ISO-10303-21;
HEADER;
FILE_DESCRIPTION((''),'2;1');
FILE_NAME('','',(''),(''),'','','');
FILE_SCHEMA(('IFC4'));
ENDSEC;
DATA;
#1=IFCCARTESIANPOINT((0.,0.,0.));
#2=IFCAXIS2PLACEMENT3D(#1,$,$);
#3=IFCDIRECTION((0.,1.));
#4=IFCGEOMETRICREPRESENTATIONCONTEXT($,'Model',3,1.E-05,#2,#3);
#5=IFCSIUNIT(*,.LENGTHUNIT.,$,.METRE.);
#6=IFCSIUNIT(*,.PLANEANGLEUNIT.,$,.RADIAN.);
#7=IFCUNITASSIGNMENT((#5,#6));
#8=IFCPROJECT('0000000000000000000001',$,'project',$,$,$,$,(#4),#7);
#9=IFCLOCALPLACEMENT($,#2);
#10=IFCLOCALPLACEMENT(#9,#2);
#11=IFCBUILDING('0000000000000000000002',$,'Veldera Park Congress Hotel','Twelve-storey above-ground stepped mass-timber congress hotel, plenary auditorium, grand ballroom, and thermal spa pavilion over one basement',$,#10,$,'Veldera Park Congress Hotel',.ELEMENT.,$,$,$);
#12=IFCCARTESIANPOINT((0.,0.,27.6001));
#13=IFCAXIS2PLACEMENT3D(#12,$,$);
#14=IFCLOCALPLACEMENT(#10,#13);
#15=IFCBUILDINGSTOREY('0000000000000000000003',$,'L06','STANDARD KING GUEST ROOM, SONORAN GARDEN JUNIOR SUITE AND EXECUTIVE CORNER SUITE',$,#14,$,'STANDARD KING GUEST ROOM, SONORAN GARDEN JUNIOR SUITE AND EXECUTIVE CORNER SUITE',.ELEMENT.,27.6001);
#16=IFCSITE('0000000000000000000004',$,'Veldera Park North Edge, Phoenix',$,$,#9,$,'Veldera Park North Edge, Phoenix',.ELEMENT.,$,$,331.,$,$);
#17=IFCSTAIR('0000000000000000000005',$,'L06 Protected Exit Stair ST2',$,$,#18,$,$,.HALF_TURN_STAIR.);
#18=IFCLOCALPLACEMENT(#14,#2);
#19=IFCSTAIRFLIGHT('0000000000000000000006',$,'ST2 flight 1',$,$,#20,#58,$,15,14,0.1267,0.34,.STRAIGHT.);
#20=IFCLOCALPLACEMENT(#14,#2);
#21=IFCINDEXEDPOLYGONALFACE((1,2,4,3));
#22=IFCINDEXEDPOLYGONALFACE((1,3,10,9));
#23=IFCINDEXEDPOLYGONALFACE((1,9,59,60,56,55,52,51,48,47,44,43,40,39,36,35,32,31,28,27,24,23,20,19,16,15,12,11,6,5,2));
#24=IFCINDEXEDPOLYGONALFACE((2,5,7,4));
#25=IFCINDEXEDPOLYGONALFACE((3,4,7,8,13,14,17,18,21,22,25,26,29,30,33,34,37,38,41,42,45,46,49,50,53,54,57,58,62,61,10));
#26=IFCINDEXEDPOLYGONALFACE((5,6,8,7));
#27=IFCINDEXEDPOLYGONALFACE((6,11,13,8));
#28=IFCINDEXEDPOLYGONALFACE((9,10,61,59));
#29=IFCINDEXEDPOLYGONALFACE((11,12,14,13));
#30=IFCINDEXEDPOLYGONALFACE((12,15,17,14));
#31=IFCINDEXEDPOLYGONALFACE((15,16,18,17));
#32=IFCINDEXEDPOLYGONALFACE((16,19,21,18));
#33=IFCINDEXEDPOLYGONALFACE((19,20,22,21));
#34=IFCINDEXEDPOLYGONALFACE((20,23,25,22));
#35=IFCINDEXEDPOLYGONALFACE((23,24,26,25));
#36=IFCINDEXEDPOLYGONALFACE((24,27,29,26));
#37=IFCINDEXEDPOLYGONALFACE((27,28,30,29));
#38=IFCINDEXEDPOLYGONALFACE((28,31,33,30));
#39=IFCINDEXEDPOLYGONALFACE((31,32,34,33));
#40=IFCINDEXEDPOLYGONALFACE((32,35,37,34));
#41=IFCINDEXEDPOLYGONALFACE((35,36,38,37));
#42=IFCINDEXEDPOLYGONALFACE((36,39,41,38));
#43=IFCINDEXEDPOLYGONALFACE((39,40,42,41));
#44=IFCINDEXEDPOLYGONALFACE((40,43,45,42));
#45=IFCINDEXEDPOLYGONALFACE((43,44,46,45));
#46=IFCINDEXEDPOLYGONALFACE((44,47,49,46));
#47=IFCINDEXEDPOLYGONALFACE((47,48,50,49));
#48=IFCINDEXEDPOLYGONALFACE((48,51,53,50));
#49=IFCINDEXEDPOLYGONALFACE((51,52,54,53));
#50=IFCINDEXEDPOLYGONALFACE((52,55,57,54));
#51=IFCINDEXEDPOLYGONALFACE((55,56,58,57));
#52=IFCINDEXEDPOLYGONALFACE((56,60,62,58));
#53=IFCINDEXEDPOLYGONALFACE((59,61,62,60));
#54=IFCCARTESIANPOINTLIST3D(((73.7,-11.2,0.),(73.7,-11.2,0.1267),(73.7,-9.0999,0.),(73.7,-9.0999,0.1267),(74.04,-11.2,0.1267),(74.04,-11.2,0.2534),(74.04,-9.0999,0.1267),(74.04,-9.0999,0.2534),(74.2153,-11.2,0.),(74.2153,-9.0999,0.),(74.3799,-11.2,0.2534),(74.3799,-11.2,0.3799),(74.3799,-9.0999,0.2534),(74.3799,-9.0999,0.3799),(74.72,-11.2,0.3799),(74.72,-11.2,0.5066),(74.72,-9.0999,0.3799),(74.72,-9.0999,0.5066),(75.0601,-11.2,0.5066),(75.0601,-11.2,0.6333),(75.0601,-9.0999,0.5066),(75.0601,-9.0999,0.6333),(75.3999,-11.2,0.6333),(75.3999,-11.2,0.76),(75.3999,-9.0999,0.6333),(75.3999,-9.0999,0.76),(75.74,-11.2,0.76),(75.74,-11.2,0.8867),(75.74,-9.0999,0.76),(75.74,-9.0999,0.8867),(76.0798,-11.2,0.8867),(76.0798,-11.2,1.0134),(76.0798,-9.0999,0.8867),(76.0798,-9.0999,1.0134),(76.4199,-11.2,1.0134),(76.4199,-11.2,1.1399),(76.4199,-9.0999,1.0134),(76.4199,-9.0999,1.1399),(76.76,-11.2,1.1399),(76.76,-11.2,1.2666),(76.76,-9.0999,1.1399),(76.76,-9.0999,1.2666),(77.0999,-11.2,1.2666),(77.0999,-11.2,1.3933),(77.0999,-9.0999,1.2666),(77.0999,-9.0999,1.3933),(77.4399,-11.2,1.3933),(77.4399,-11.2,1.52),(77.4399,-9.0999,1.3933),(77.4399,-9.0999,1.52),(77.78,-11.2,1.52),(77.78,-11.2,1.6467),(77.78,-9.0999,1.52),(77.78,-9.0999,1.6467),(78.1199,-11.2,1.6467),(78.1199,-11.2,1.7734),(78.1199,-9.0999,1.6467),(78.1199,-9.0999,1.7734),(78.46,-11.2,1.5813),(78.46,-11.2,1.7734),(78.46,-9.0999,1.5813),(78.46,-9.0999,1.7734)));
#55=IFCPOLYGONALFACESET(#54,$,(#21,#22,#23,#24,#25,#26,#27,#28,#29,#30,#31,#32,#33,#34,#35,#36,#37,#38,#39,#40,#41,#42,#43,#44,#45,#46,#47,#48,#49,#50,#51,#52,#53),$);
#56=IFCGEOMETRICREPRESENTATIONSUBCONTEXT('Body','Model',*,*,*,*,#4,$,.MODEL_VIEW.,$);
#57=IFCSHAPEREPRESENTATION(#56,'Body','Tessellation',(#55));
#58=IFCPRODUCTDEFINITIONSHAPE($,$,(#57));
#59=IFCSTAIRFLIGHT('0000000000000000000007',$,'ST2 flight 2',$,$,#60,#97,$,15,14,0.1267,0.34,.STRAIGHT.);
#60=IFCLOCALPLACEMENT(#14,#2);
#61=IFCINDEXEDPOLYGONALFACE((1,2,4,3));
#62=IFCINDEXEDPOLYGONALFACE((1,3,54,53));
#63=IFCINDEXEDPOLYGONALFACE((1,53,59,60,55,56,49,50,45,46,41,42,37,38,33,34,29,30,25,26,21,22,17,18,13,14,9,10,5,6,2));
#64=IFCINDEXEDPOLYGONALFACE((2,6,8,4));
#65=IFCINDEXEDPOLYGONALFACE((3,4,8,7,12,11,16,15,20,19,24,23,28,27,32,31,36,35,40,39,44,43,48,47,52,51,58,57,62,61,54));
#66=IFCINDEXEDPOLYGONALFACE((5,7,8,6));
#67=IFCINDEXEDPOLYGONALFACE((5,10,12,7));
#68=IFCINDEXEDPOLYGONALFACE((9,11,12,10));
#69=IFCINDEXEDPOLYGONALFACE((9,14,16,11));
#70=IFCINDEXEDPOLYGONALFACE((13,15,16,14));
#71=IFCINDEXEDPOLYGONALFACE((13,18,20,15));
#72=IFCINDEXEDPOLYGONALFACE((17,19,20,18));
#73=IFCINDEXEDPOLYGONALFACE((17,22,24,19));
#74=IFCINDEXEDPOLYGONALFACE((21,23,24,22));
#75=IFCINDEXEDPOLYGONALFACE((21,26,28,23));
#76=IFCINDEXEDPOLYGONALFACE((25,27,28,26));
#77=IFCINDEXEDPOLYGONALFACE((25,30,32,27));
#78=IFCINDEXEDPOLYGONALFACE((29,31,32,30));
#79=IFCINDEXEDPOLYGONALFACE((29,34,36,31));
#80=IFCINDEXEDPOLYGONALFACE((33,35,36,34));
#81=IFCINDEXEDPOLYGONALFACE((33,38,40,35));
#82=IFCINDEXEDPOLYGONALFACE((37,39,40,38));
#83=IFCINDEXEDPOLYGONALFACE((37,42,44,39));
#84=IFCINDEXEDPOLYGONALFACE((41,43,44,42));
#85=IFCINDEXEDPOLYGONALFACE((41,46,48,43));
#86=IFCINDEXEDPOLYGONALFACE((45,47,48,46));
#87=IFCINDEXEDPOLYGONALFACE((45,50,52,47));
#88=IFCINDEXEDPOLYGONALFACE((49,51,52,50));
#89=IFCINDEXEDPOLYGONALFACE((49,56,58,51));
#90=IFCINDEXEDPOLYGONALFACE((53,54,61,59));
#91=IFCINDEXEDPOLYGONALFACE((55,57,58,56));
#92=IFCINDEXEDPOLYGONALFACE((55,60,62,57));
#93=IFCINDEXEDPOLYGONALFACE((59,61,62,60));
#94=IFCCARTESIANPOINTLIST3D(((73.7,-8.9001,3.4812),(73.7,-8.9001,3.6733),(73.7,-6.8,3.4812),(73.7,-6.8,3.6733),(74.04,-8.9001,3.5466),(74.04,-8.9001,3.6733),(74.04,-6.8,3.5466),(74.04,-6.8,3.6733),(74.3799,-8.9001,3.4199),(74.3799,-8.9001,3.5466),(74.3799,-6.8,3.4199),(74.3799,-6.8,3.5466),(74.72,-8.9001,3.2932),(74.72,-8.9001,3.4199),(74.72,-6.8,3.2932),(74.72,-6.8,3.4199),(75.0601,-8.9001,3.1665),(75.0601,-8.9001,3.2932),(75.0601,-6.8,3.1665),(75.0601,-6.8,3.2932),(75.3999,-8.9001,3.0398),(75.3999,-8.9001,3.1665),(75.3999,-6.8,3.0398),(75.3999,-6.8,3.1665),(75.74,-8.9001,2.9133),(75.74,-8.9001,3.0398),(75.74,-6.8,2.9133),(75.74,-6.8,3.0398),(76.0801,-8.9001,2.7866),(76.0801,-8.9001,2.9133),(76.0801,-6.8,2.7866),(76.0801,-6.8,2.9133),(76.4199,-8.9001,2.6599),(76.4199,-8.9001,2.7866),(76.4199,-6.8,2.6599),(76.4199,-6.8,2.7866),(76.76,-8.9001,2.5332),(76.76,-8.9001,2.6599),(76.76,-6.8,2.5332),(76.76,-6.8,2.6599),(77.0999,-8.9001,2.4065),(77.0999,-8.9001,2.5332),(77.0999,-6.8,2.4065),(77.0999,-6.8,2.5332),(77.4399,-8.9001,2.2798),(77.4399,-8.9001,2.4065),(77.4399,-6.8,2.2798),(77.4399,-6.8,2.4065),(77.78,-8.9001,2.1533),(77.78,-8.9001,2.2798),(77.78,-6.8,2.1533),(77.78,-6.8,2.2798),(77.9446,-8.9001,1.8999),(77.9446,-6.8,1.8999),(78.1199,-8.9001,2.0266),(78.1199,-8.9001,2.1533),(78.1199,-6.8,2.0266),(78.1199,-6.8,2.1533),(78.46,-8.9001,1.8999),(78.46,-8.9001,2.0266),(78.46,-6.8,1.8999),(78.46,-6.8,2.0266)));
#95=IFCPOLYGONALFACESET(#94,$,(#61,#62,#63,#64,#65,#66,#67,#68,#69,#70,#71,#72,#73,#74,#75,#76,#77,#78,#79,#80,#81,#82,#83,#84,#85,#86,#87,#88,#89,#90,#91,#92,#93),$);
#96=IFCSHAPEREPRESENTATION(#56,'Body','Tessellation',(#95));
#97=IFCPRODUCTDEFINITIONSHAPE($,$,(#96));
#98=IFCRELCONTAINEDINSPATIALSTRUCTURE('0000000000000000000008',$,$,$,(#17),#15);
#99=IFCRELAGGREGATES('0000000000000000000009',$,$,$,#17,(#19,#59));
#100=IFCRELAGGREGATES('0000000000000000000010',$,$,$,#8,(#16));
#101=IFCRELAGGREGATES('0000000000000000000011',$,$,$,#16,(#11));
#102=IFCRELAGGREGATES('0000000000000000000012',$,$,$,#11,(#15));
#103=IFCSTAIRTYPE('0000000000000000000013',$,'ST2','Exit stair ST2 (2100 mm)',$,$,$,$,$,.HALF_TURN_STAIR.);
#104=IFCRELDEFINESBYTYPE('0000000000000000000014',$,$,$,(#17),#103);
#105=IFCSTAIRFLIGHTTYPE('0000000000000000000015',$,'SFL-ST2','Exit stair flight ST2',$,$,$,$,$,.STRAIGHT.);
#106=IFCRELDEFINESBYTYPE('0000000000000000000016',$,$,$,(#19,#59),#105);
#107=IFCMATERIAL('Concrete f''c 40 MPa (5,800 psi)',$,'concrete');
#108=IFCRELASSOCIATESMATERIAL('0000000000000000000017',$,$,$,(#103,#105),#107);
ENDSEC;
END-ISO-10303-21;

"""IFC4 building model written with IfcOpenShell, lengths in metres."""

from ifc_helpers import new_model, si_unit, direction, frame, origin, place, context, subcontext, project, spatial, polyline, outline, extrude, material, type_object, element, aggregate, save


model = new_model("IFC4")

# Units and contexts
model_context = context("Model", 3, precision=1e-05, world=origin(), true_north=direction((0.0, 1.0)))
body_context = subcontext(model_context, "Body", "Model", "MODEL_VIEW")
ifc_project = project(units=[si_unit("LENGTHUNIT", "METRE"), si_unit("PLANEANGLEUNIT", "RADIAN")], contexts=[model_context])

# Site, building, storey
site_placement = place(None, origin())
site = spatial("IfcSite", under=ifc_project, at=site_placement, Name="Veldera Park North Edge, Phoenix", LongName="Veldera Park North Edge, Phoenix", CompositionType="ELEMENT", RefElevation=331.0)
building_placement = place(site_placement, origin())
building = spatial("IfcBuilding", under=site, at=building_placement, Name="Veldera Park Congress Hotel", Description="Twelve-storey above-ground stepped mass-timber congress hotel, plenary auditorium, grand ballroom, and thermal spa pavilion over one basement", LongName="Veldera Park Congress Hotel", CompositionType="ELEMENT")
storey_placement = place(building_placement, frame((0.0, 0.0, 27.6001)))
storey = spatial("IfcBuildingStorey", under=building, at=storey_placement, Name="L06", Description="STANDARD KING GUEST ROOM, SONORAN GARDEN JUNIOR SUITE AND EXECUTIVE CORNER SUITE", LongName="STANDARD KING GUEST ROOM, SONORAN GARDEN JUNIOR SUITE AND EXECUTIVE CORNER SUITE", CompositionType="ELEMENT", Elevation=27.6001)

# Shared definitions
ifc_material_1 = material(Name="Concrete f'c 40 MPa (5,800 psi)", Category="concrete")

# Stair, stair flights
stair_type = type_object("IfcStairType", Name="ST2", Description="Exit stair ST2 (2100 mm)", PredefinedType="HALF_TURN_STAIR", material=ifc_material_1)
stair_placement = place(storey_placement, origin())
stair = element("IfcStair", 1, at=stair_placement, inside=storey, type_object=stair_type, Name="L06 Protected Exit Stair ST2", PredefinedType="HALF_TURN_STAIR")
stair_flight_type = type_object("IfcStairFlightType", Name="SFL-ST2", Description="Exit stair flight ST2", PredefinedType="STRAIGHT", material=ifc_material_1)
stair_flight_1_placement = place(storey_placement, frame((73.7, -10.1499, 0.0), z_axis=(0.0, 0.0, 1.0), x_axis=(1.0, 0.0, 0.0)))
stair_flight_1 = element("IfcStairFlight", 2, at=stair_flight_1_placement, type_object=stair_flight_type, Name="ST2 flight 1", NumberOfRisers=15, NumberOfTreads=14, PredefinedType="STRAIGHT", RiserHeight=0.1267, TreadLength=0.34, context=body_context, shape_type="SweptSolid", body=[
    extrude(outline(polyline([(0.0, 0.0), (0.0, 0.1267), (0.3401, 0.1267), (0.3401, 0.2534), (0.6799, 0.2534), (0.6799, 0.3799), (1.02, 0.3799), (1.02, 0.5066), (1.3601, 0.5066), (1.3601, 0.6333), (1.7, 0.6333), (1.7, 0.76), (2.04, 0.76), (2.04, 0.8867), (2.3799, 0.8867), (2.3799, 1.0134), (2.72, 1.0134), (2.72, 1.1399), (3.0601, 1.1399), (3.0601, 1.2666), (3.3999, 1.2666), (3.3999, 1.3933), (3.74, 1.3933), (3.74, 1.52), (4.0801, 1.52), (4.0801, 1.6467), (4.4199, 1.6467), (4.4199, 1.7734), (4.76, 1.7734), (4.76, 1.8999), (4.76, 1.8999), (4.76, 1.5813), (0.5154, 0.0), (0.0, 0.0)])), frame((0.0, 1.05, 0.0), z_axis=(0.0, -1.0, 0.0), x_axis=(1.0, 0.0, 0.0)), (0.0, 0.0, 1.0), 2.1001),
])
stair_flight_2_placement = place(storey_placement, frame((78.46, -7.8501, 1.8999), z_axis=(0.0, 0.0, 1.0), x_axis=(-1.0, 0.0, 0.0)))
stair_flight_2 = element("IfcStairFlight", 3, at=stair_flight_2_placement, type_object=stair_flight_type, Name="ST2 flight 2", NumberOfRisers=15, NumberOfTreads=14, PredefinedType="STRAIGHT", RiserHeight=0.1267, TreadLength=0.34, context=body_context, shape_type="SweptSolid", body=[
    extrude(outline(polyline([(0.0, 0.0), (0.0, 0.1267), (0.3401, 0.1267), (0.3401, 0.2534), (0.6799, 0.2534), (0.6799, 0.3799), (1.02, 0.3799), (1.02, 0.5066), (1.3601, 0.5066), (1.3601, 0.6333), (1.7, 0.6333), (1.7, 0.76), (2.04, 0.76), (2.04, 0.8867), (2.3799, 0.8867), (2.3799, 1.0134), (2.72, 1.0134), (2.72, 1.1399), (3.0601, 1.1399), (3.0601, 1.2666), (3.3999, 1.2666), (3.3999, 1.3933), (3.74, 1.3933), (3.74, 1.52), (4.0801, 1.52), (4.0801, 1.6467), (4.4199, 1.6467), (4.4199, 1.7734), (4.76, 1.7734), (4.76, 1.8999), (4.76, 1.8999), (4.76, 1.5813), (0.5154, 0.0), (0.0, 0.0)])), frame((0.0, 1.05, 0.0), z_axis=(0.0, -1.0, 0.0), x_axis=(1.0, 0.0, 0.0)), (0.0, 0.0, 1.0), 2.1001),
])
aggregate(stair, [stair_flight_1, stair_flight_2])

save(model, "model.ifc")
